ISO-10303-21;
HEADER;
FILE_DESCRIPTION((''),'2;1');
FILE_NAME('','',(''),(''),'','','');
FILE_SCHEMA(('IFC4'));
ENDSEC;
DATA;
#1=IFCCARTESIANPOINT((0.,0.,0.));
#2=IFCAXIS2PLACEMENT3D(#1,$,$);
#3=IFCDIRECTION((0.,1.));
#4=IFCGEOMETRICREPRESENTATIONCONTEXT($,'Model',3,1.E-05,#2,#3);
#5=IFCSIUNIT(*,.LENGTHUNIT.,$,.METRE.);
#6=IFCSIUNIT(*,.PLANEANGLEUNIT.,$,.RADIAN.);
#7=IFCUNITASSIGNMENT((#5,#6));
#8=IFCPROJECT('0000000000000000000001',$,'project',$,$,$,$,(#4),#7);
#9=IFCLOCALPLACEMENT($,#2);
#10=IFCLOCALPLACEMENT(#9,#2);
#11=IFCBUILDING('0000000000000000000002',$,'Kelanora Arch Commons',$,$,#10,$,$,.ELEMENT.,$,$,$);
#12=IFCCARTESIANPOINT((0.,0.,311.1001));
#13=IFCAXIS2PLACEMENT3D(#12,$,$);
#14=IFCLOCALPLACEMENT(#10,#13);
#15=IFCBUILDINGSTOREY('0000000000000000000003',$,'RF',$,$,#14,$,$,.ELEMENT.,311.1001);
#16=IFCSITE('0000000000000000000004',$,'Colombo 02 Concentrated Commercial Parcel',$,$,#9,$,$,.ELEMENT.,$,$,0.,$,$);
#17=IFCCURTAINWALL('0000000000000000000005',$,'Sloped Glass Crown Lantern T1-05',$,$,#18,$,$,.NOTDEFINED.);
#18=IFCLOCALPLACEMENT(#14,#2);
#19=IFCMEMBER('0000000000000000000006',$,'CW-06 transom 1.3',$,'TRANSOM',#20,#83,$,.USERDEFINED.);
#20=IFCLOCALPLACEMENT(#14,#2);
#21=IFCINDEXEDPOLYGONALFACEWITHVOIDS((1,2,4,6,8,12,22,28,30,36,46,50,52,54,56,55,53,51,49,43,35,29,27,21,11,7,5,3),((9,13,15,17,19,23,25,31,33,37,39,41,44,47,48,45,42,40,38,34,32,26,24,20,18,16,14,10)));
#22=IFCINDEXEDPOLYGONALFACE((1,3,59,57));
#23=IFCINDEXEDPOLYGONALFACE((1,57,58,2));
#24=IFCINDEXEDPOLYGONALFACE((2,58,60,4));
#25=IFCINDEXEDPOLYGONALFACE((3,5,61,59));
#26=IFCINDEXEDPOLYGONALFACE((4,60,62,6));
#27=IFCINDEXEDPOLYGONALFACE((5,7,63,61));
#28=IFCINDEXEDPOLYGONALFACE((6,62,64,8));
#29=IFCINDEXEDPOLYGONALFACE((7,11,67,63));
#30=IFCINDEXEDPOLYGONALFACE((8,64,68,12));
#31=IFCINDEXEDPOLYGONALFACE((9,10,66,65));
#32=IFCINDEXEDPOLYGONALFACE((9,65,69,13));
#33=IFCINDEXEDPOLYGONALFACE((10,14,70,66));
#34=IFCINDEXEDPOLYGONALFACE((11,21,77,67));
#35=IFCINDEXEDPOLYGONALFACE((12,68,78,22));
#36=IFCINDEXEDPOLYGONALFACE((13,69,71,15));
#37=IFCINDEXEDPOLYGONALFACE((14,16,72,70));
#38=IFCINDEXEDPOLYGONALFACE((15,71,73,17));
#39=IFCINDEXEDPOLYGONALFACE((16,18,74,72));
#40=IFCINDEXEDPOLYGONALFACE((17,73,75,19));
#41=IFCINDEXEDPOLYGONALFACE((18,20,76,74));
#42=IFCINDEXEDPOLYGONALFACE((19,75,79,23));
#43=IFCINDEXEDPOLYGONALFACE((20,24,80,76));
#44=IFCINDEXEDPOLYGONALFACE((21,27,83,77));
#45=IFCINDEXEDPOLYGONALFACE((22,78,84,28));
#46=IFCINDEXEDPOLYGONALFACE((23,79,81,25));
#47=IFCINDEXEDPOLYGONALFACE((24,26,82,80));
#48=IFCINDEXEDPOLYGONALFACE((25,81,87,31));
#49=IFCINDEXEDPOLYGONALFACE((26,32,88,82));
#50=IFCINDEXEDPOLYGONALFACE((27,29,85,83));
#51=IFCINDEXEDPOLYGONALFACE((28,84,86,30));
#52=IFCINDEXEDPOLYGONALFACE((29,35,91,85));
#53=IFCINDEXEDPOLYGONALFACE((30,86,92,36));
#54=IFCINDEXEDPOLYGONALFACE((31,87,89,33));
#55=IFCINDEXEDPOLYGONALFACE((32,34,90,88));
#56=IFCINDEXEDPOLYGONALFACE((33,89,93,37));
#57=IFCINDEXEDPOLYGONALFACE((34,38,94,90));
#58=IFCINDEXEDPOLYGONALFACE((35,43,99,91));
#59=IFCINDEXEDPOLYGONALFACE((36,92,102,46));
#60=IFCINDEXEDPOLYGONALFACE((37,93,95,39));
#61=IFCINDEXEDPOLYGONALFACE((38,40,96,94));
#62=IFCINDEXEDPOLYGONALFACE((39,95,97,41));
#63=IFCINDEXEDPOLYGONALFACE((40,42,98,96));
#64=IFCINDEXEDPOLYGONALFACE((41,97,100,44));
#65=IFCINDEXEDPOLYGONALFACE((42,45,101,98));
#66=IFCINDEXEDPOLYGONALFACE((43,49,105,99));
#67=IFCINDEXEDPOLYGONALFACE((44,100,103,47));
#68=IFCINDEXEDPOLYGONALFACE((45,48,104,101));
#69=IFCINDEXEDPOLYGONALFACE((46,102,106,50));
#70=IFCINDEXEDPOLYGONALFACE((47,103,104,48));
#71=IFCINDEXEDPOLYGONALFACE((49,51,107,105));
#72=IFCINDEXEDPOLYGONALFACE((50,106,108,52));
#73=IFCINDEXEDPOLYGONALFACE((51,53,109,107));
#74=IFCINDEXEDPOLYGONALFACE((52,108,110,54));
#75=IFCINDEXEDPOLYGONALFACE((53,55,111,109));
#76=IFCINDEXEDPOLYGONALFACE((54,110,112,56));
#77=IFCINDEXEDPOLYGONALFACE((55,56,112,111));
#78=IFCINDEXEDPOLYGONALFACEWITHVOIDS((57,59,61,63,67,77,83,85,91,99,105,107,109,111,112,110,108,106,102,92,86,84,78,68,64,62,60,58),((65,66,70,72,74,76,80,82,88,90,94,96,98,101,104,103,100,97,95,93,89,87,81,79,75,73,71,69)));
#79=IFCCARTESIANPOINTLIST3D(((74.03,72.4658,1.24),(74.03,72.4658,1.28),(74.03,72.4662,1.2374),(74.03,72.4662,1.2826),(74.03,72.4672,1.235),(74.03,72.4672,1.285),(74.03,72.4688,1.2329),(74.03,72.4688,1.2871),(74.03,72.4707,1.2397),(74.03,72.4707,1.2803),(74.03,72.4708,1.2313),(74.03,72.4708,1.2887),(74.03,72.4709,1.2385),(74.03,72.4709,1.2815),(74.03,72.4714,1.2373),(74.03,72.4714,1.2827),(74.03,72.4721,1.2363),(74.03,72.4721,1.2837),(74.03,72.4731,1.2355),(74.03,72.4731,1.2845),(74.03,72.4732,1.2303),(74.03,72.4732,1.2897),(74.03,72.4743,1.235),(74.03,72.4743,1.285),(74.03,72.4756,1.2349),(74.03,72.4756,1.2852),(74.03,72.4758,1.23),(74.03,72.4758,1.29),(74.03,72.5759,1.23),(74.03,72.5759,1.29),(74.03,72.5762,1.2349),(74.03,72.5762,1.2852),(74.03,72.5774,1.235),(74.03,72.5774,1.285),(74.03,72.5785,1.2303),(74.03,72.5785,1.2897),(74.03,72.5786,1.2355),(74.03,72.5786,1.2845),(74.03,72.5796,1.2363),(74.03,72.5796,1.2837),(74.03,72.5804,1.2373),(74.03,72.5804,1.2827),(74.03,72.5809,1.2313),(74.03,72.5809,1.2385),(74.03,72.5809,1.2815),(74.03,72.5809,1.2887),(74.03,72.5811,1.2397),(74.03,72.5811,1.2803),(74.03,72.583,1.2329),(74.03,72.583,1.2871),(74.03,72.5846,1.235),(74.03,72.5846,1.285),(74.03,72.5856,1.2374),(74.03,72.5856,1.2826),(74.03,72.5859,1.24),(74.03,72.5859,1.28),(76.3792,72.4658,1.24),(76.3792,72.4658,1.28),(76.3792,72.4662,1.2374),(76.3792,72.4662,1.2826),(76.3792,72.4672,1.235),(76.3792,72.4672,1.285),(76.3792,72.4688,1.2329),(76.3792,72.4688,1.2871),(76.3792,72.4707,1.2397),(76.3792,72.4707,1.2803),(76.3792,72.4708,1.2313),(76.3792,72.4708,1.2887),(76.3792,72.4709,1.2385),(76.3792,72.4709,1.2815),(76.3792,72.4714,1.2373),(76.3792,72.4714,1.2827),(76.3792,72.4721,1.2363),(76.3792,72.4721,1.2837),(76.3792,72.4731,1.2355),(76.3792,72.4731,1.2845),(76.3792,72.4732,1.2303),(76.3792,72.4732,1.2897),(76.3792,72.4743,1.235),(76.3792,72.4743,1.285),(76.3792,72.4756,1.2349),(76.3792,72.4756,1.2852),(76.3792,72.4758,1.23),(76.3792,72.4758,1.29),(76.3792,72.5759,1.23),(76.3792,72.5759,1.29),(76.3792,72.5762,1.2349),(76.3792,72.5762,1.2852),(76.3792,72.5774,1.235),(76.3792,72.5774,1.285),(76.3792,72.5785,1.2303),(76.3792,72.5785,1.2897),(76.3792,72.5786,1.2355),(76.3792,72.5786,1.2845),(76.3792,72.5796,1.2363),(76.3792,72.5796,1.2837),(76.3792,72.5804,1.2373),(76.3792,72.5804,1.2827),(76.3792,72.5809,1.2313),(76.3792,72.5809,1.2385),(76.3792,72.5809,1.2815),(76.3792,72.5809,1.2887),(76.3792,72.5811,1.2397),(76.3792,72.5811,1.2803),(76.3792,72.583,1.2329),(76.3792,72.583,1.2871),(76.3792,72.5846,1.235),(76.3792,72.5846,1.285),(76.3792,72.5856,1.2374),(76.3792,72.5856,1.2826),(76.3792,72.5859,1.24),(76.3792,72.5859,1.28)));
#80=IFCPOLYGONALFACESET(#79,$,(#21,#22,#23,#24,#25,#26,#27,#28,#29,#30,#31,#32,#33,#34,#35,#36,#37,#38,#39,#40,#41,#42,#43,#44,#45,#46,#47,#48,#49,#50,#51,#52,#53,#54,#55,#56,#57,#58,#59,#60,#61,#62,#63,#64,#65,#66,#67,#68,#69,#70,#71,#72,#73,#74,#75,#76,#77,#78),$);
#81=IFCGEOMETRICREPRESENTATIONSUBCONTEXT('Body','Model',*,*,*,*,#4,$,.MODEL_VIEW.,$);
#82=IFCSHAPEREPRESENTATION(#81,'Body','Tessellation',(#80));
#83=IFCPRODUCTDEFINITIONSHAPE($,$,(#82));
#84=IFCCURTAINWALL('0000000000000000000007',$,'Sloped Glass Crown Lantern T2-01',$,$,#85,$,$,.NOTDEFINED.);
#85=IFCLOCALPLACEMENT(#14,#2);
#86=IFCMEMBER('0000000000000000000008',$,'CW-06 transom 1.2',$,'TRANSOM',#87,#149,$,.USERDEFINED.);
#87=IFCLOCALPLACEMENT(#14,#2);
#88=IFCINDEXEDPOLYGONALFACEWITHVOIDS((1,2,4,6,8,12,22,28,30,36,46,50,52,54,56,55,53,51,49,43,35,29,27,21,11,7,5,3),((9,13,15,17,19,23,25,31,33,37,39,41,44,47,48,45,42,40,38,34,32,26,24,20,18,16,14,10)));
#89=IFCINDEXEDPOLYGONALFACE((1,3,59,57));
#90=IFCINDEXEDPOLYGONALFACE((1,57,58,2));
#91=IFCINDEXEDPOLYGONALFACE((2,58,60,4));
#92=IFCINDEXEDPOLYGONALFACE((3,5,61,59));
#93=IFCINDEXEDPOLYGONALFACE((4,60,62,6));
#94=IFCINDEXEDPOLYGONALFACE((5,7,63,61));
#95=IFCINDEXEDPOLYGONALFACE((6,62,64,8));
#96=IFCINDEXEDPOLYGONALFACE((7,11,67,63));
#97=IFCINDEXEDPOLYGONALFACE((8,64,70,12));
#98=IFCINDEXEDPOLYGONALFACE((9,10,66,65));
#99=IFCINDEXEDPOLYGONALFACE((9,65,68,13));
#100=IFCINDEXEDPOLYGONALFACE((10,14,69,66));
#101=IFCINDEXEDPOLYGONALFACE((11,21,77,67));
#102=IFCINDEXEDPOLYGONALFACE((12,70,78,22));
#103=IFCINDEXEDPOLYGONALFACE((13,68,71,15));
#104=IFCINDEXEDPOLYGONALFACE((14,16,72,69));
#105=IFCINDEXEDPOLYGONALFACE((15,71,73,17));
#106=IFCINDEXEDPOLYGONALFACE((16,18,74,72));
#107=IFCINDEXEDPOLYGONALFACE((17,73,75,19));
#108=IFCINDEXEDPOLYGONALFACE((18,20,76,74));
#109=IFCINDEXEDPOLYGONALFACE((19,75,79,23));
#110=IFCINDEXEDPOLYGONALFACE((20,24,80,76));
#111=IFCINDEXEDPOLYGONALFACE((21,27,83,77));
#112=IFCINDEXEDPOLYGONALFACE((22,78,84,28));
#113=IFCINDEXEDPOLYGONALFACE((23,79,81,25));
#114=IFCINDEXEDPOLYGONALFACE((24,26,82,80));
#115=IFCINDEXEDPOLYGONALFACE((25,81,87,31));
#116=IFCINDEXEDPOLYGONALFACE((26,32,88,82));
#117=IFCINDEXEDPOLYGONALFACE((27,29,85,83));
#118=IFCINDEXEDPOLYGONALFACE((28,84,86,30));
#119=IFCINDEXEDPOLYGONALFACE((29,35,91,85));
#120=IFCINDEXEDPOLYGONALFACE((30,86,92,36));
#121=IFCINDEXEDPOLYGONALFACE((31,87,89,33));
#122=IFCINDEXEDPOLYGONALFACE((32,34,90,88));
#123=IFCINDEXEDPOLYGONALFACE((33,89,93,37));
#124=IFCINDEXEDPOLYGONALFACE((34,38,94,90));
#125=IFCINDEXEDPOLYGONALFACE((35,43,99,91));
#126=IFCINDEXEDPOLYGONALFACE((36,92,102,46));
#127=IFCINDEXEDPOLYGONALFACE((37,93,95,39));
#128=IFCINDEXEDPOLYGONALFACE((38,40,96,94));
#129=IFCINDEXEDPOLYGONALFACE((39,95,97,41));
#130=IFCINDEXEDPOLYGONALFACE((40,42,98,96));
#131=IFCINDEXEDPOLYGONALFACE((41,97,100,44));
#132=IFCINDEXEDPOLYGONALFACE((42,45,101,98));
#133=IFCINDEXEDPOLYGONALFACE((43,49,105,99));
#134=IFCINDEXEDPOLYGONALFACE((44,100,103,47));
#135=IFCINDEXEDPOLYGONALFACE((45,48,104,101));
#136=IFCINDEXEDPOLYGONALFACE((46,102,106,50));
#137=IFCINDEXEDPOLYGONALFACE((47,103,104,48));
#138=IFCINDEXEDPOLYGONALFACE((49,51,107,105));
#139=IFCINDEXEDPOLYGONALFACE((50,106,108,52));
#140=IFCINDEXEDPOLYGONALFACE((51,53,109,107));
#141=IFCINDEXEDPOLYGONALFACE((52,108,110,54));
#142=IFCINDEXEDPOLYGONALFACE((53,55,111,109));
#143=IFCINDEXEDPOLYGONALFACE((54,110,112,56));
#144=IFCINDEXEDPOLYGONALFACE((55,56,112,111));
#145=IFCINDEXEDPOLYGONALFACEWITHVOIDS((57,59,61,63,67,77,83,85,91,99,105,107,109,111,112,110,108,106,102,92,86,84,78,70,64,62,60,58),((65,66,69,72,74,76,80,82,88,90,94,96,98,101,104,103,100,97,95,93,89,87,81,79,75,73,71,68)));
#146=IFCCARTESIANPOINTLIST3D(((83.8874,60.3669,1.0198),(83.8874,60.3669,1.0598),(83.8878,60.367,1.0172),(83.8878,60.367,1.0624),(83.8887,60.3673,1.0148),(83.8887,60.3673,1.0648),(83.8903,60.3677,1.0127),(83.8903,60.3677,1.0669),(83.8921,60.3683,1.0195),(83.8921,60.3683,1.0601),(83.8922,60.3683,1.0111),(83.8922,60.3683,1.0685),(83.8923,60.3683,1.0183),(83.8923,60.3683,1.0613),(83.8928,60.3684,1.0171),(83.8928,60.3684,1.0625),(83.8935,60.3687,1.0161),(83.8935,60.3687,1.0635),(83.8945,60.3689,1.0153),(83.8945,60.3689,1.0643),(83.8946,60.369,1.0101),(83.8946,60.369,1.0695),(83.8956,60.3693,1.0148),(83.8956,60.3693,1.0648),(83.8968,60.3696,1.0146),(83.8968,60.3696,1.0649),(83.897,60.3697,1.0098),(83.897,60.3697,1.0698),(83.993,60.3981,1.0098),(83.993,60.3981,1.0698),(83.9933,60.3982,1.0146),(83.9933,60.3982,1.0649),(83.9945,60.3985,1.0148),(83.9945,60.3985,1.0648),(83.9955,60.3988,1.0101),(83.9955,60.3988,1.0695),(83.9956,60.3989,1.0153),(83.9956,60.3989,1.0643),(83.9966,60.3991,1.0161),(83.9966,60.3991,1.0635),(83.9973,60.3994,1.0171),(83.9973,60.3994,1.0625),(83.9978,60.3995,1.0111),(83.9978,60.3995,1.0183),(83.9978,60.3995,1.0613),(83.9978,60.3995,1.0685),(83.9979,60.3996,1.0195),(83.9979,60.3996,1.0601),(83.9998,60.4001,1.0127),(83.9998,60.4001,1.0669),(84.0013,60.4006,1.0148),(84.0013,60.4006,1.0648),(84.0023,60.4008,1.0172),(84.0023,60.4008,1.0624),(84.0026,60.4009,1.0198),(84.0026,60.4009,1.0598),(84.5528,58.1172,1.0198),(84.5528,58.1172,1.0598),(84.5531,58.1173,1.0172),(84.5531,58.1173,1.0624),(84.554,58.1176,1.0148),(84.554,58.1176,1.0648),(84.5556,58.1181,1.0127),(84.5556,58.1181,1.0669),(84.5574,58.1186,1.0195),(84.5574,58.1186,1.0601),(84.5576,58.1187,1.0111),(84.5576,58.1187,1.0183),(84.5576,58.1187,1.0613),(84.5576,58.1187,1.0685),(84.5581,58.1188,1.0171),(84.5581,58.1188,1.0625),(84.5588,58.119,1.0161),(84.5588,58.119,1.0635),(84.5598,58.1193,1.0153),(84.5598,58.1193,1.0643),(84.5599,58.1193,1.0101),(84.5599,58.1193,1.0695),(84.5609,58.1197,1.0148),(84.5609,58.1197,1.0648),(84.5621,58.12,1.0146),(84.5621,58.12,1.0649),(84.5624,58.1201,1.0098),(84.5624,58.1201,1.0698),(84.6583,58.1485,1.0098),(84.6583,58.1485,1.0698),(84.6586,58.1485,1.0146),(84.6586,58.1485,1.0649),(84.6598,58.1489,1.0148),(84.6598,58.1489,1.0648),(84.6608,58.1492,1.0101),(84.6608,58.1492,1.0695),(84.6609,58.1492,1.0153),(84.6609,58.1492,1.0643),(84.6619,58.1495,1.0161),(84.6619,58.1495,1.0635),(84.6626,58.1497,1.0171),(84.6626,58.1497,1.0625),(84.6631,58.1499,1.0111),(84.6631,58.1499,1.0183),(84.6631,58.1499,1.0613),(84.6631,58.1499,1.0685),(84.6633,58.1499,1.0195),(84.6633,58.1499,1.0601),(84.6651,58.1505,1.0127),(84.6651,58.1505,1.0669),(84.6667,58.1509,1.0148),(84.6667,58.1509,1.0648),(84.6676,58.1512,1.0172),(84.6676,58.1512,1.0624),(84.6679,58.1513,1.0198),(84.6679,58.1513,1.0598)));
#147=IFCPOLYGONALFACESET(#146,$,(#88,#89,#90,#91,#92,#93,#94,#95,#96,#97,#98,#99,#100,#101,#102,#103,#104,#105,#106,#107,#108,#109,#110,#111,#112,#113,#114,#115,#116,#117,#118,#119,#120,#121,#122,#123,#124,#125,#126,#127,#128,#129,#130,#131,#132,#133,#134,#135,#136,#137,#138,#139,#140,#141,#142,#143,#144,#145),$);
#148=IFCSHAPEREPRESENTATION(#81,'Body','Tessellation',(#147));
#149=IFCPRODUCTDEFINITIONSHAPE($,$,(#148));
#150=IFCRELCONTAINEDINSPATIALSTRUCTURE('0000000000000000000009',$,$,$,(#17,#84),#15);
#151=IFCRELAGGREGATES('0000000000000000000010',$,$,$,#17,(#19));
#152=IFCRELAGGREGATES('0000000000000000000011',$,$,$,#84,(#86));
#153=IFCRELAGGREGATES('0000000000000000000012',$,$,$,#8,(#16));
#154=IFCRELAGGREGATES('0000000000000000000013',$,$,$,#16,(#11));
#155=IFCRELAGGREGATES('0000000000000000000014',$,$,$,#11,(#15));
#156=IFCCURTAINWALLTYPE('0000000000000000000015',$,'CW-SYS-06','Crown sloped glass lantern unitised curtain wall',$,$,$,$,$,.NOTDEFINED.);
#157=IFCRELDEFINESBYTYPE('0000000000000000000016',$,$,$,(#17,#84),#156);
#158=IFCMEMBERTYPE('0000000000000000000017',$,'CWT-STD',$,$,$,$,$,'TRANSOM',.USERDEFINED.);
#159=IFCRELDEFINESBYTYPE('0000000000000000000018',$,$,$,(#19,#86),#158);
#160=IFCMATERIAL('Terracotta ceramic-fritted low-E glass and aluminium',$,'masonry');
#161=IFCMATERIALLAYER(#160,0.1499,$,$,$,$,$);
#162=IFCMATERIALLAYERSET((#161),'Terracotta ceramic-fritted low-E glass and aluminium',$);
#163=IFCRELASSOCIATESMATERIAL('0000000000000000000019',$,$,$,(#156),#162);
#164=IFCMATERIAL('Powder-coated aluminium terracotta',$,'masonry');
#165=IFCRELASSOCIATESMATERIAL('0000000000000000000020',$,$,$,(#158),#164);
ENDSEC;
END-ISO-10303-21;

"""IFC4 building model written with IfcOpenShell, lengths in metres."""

from ifc_helpers import new_model, si_unit, direction, frame, origin, origin_2d, place, context, subcontext, project, spatial, hollow_rectangle, extrude, material, layer, layer_set, material_profile, profile_set, type_object, element, aggregate, save


model = new_model("IFC4")

# Units and contexts
model_context = context("Model", 3, precision=1e-05, world=origin(), true_north=direction((0.0, 1.0)))
body_context = subcontext(model_context, "Body", "Model", "MODEL_VIEW")
ifc_project = project(units=[si_unit("LENGTHUNIT", "METRE"), si_unit("PLANEANGLEUNIT", "RADIAN")], contexts=[model_context])

# Site, building, storey
site_placement = place(None, origin())
site = spatial("IfcSite", under=ifc_project, at=site_placement, Name="Colombo 02 Concentrated Commercial Parcel", CompositionType="ELEMENT", RefElevation=0.0)
building_placement = place(site_placement, origin())
building = spatial("IfcBuilding", under=site, at=building_placement, Name="Kelanora Arch Commons", CompositionType="ELEMENT")
storey_placement = place(building_placement, frame((0.0, 0.0, 311.1001)))
storey = spatial("IfcBuildingStorey", under=building, at=storey_placement, Name="RF", CompositionType="ELEMENT", Elevation=311.1001)

# Shared definitions
ifc_material_1 = material(Name="Terracotta ceramic-fritted low-E glass and aluminium", Category="masonry")
ifc_layer_1 = layer(ifc_material_1, 0.1499)
ifc_layer_set_1 = layer_set([ifc_layer_1], Name="Terracotta ceramic-fritted low-E glass and aluminium")
curtain_wall_type = type_object("IfcCurtainWallType", Name="CW-SYS-06", Description="Crown sloped glass lantern unitised curtain wall", PredefinedType="NOTDEFINED", material=ifc_layer_set_1)
ifc_material_2 = material(Name="Powder-coated aluminium terracotta", Category="masonry")
ifc_material_profile_1 = material_profile(ifc_material_2, hollow_rectangle(XDim=0.1201, YDim=0.0601, WallThickness=0.0049, InnerFilletRadius=0.0049, OuterFilletRadius=0.01, at=origin_2d()), Name="CWT120x60")
ifc_profile_set_1 = profile_set([ifc_material_profile_1], Name="Powder-coated aluminium terracotta")
member_type_1 = type_object("IfcMemberType", Name="CWT-STD", ElementType="TRANSOM", PredefinedType="USERDEFINED", material=ifc_profile_set_1)

# Curtain wall, member
curtain_wall_1_placement = place(storey_placement, origin())
curtain_wall_1 = element("IfcCurtainWall", 1, at=curtain_wall_1_placement, inside=storey, type_object=curtain_wall_type, Name="Sloped Glass Crown Lantern T1-05", PredefinedType="NOTDEFINED")
member_1_placement = place(storey_placement, frame((76.3792, 72.5259, 1.26), z_axis=(-1.0, 0.0, 0.0), x_axis=(0.0, -1.0, 0.0)))
member_1 = element("IfcMember", 2, at=member_1_placement, type_object=member_type_1, Name="CW-06 transom 1.3", ObjectType="TRANSOM", PredefinedType="USERDEFINED", context=body_context, shape_type="SweptSolid", body=[
    extrude(hollow_rectangle(XDim=0.1201, YDim=0.0601, WallThickness=0.0049, InnerFilletRadius=0.0049, OuterFilletRadius=0.01, at=origin_2d()), origin(), (0.0, 0.0, 1.0), 2.3491),
])

# Curtain wall, member
curtain_wall_2_placement = place(storey_placement, origin())
curtain_wall_2 = element("IfcCurtainWall", 3, at=curtain_wall_2_placement, inside=storey, type_object=curtain_wall_type, Name="Sloped Glass Crown Lantern T2-01", PredefinedType="NOTDEFINED")
member_2_placement = place(storey_placement, frame((84.6104, 58.1343, 1.0398), z_axis=(-0.283603, 0.958942, 0.0), x_axis=(-0.958942, -0.283603, 0.0)))
member_2 = element("IfcMember", 4, at=member_2_placement, type_object=member_type_1, Name="CW-06 transom 1.2", ObjectType="TRANSOM", PredefinedType="USERDEFINED", context=body_context, shape_type="SweptSolid", body=[
    extrude(hollow_rectangle(XDim=0.1201, YDim=0.0601, WallThickness=0.0049, InnerFilletRadius=0.0049, OuterFilletRadius=0.01, at=origin_2d()), origin(), (0.0, 0.0, 1.0), 2.3459),
])

aggregate(curtain_wall_1, [member_1])
aggregate(curtain_wall_2, [member_2])

save(model, "model.ifc")
